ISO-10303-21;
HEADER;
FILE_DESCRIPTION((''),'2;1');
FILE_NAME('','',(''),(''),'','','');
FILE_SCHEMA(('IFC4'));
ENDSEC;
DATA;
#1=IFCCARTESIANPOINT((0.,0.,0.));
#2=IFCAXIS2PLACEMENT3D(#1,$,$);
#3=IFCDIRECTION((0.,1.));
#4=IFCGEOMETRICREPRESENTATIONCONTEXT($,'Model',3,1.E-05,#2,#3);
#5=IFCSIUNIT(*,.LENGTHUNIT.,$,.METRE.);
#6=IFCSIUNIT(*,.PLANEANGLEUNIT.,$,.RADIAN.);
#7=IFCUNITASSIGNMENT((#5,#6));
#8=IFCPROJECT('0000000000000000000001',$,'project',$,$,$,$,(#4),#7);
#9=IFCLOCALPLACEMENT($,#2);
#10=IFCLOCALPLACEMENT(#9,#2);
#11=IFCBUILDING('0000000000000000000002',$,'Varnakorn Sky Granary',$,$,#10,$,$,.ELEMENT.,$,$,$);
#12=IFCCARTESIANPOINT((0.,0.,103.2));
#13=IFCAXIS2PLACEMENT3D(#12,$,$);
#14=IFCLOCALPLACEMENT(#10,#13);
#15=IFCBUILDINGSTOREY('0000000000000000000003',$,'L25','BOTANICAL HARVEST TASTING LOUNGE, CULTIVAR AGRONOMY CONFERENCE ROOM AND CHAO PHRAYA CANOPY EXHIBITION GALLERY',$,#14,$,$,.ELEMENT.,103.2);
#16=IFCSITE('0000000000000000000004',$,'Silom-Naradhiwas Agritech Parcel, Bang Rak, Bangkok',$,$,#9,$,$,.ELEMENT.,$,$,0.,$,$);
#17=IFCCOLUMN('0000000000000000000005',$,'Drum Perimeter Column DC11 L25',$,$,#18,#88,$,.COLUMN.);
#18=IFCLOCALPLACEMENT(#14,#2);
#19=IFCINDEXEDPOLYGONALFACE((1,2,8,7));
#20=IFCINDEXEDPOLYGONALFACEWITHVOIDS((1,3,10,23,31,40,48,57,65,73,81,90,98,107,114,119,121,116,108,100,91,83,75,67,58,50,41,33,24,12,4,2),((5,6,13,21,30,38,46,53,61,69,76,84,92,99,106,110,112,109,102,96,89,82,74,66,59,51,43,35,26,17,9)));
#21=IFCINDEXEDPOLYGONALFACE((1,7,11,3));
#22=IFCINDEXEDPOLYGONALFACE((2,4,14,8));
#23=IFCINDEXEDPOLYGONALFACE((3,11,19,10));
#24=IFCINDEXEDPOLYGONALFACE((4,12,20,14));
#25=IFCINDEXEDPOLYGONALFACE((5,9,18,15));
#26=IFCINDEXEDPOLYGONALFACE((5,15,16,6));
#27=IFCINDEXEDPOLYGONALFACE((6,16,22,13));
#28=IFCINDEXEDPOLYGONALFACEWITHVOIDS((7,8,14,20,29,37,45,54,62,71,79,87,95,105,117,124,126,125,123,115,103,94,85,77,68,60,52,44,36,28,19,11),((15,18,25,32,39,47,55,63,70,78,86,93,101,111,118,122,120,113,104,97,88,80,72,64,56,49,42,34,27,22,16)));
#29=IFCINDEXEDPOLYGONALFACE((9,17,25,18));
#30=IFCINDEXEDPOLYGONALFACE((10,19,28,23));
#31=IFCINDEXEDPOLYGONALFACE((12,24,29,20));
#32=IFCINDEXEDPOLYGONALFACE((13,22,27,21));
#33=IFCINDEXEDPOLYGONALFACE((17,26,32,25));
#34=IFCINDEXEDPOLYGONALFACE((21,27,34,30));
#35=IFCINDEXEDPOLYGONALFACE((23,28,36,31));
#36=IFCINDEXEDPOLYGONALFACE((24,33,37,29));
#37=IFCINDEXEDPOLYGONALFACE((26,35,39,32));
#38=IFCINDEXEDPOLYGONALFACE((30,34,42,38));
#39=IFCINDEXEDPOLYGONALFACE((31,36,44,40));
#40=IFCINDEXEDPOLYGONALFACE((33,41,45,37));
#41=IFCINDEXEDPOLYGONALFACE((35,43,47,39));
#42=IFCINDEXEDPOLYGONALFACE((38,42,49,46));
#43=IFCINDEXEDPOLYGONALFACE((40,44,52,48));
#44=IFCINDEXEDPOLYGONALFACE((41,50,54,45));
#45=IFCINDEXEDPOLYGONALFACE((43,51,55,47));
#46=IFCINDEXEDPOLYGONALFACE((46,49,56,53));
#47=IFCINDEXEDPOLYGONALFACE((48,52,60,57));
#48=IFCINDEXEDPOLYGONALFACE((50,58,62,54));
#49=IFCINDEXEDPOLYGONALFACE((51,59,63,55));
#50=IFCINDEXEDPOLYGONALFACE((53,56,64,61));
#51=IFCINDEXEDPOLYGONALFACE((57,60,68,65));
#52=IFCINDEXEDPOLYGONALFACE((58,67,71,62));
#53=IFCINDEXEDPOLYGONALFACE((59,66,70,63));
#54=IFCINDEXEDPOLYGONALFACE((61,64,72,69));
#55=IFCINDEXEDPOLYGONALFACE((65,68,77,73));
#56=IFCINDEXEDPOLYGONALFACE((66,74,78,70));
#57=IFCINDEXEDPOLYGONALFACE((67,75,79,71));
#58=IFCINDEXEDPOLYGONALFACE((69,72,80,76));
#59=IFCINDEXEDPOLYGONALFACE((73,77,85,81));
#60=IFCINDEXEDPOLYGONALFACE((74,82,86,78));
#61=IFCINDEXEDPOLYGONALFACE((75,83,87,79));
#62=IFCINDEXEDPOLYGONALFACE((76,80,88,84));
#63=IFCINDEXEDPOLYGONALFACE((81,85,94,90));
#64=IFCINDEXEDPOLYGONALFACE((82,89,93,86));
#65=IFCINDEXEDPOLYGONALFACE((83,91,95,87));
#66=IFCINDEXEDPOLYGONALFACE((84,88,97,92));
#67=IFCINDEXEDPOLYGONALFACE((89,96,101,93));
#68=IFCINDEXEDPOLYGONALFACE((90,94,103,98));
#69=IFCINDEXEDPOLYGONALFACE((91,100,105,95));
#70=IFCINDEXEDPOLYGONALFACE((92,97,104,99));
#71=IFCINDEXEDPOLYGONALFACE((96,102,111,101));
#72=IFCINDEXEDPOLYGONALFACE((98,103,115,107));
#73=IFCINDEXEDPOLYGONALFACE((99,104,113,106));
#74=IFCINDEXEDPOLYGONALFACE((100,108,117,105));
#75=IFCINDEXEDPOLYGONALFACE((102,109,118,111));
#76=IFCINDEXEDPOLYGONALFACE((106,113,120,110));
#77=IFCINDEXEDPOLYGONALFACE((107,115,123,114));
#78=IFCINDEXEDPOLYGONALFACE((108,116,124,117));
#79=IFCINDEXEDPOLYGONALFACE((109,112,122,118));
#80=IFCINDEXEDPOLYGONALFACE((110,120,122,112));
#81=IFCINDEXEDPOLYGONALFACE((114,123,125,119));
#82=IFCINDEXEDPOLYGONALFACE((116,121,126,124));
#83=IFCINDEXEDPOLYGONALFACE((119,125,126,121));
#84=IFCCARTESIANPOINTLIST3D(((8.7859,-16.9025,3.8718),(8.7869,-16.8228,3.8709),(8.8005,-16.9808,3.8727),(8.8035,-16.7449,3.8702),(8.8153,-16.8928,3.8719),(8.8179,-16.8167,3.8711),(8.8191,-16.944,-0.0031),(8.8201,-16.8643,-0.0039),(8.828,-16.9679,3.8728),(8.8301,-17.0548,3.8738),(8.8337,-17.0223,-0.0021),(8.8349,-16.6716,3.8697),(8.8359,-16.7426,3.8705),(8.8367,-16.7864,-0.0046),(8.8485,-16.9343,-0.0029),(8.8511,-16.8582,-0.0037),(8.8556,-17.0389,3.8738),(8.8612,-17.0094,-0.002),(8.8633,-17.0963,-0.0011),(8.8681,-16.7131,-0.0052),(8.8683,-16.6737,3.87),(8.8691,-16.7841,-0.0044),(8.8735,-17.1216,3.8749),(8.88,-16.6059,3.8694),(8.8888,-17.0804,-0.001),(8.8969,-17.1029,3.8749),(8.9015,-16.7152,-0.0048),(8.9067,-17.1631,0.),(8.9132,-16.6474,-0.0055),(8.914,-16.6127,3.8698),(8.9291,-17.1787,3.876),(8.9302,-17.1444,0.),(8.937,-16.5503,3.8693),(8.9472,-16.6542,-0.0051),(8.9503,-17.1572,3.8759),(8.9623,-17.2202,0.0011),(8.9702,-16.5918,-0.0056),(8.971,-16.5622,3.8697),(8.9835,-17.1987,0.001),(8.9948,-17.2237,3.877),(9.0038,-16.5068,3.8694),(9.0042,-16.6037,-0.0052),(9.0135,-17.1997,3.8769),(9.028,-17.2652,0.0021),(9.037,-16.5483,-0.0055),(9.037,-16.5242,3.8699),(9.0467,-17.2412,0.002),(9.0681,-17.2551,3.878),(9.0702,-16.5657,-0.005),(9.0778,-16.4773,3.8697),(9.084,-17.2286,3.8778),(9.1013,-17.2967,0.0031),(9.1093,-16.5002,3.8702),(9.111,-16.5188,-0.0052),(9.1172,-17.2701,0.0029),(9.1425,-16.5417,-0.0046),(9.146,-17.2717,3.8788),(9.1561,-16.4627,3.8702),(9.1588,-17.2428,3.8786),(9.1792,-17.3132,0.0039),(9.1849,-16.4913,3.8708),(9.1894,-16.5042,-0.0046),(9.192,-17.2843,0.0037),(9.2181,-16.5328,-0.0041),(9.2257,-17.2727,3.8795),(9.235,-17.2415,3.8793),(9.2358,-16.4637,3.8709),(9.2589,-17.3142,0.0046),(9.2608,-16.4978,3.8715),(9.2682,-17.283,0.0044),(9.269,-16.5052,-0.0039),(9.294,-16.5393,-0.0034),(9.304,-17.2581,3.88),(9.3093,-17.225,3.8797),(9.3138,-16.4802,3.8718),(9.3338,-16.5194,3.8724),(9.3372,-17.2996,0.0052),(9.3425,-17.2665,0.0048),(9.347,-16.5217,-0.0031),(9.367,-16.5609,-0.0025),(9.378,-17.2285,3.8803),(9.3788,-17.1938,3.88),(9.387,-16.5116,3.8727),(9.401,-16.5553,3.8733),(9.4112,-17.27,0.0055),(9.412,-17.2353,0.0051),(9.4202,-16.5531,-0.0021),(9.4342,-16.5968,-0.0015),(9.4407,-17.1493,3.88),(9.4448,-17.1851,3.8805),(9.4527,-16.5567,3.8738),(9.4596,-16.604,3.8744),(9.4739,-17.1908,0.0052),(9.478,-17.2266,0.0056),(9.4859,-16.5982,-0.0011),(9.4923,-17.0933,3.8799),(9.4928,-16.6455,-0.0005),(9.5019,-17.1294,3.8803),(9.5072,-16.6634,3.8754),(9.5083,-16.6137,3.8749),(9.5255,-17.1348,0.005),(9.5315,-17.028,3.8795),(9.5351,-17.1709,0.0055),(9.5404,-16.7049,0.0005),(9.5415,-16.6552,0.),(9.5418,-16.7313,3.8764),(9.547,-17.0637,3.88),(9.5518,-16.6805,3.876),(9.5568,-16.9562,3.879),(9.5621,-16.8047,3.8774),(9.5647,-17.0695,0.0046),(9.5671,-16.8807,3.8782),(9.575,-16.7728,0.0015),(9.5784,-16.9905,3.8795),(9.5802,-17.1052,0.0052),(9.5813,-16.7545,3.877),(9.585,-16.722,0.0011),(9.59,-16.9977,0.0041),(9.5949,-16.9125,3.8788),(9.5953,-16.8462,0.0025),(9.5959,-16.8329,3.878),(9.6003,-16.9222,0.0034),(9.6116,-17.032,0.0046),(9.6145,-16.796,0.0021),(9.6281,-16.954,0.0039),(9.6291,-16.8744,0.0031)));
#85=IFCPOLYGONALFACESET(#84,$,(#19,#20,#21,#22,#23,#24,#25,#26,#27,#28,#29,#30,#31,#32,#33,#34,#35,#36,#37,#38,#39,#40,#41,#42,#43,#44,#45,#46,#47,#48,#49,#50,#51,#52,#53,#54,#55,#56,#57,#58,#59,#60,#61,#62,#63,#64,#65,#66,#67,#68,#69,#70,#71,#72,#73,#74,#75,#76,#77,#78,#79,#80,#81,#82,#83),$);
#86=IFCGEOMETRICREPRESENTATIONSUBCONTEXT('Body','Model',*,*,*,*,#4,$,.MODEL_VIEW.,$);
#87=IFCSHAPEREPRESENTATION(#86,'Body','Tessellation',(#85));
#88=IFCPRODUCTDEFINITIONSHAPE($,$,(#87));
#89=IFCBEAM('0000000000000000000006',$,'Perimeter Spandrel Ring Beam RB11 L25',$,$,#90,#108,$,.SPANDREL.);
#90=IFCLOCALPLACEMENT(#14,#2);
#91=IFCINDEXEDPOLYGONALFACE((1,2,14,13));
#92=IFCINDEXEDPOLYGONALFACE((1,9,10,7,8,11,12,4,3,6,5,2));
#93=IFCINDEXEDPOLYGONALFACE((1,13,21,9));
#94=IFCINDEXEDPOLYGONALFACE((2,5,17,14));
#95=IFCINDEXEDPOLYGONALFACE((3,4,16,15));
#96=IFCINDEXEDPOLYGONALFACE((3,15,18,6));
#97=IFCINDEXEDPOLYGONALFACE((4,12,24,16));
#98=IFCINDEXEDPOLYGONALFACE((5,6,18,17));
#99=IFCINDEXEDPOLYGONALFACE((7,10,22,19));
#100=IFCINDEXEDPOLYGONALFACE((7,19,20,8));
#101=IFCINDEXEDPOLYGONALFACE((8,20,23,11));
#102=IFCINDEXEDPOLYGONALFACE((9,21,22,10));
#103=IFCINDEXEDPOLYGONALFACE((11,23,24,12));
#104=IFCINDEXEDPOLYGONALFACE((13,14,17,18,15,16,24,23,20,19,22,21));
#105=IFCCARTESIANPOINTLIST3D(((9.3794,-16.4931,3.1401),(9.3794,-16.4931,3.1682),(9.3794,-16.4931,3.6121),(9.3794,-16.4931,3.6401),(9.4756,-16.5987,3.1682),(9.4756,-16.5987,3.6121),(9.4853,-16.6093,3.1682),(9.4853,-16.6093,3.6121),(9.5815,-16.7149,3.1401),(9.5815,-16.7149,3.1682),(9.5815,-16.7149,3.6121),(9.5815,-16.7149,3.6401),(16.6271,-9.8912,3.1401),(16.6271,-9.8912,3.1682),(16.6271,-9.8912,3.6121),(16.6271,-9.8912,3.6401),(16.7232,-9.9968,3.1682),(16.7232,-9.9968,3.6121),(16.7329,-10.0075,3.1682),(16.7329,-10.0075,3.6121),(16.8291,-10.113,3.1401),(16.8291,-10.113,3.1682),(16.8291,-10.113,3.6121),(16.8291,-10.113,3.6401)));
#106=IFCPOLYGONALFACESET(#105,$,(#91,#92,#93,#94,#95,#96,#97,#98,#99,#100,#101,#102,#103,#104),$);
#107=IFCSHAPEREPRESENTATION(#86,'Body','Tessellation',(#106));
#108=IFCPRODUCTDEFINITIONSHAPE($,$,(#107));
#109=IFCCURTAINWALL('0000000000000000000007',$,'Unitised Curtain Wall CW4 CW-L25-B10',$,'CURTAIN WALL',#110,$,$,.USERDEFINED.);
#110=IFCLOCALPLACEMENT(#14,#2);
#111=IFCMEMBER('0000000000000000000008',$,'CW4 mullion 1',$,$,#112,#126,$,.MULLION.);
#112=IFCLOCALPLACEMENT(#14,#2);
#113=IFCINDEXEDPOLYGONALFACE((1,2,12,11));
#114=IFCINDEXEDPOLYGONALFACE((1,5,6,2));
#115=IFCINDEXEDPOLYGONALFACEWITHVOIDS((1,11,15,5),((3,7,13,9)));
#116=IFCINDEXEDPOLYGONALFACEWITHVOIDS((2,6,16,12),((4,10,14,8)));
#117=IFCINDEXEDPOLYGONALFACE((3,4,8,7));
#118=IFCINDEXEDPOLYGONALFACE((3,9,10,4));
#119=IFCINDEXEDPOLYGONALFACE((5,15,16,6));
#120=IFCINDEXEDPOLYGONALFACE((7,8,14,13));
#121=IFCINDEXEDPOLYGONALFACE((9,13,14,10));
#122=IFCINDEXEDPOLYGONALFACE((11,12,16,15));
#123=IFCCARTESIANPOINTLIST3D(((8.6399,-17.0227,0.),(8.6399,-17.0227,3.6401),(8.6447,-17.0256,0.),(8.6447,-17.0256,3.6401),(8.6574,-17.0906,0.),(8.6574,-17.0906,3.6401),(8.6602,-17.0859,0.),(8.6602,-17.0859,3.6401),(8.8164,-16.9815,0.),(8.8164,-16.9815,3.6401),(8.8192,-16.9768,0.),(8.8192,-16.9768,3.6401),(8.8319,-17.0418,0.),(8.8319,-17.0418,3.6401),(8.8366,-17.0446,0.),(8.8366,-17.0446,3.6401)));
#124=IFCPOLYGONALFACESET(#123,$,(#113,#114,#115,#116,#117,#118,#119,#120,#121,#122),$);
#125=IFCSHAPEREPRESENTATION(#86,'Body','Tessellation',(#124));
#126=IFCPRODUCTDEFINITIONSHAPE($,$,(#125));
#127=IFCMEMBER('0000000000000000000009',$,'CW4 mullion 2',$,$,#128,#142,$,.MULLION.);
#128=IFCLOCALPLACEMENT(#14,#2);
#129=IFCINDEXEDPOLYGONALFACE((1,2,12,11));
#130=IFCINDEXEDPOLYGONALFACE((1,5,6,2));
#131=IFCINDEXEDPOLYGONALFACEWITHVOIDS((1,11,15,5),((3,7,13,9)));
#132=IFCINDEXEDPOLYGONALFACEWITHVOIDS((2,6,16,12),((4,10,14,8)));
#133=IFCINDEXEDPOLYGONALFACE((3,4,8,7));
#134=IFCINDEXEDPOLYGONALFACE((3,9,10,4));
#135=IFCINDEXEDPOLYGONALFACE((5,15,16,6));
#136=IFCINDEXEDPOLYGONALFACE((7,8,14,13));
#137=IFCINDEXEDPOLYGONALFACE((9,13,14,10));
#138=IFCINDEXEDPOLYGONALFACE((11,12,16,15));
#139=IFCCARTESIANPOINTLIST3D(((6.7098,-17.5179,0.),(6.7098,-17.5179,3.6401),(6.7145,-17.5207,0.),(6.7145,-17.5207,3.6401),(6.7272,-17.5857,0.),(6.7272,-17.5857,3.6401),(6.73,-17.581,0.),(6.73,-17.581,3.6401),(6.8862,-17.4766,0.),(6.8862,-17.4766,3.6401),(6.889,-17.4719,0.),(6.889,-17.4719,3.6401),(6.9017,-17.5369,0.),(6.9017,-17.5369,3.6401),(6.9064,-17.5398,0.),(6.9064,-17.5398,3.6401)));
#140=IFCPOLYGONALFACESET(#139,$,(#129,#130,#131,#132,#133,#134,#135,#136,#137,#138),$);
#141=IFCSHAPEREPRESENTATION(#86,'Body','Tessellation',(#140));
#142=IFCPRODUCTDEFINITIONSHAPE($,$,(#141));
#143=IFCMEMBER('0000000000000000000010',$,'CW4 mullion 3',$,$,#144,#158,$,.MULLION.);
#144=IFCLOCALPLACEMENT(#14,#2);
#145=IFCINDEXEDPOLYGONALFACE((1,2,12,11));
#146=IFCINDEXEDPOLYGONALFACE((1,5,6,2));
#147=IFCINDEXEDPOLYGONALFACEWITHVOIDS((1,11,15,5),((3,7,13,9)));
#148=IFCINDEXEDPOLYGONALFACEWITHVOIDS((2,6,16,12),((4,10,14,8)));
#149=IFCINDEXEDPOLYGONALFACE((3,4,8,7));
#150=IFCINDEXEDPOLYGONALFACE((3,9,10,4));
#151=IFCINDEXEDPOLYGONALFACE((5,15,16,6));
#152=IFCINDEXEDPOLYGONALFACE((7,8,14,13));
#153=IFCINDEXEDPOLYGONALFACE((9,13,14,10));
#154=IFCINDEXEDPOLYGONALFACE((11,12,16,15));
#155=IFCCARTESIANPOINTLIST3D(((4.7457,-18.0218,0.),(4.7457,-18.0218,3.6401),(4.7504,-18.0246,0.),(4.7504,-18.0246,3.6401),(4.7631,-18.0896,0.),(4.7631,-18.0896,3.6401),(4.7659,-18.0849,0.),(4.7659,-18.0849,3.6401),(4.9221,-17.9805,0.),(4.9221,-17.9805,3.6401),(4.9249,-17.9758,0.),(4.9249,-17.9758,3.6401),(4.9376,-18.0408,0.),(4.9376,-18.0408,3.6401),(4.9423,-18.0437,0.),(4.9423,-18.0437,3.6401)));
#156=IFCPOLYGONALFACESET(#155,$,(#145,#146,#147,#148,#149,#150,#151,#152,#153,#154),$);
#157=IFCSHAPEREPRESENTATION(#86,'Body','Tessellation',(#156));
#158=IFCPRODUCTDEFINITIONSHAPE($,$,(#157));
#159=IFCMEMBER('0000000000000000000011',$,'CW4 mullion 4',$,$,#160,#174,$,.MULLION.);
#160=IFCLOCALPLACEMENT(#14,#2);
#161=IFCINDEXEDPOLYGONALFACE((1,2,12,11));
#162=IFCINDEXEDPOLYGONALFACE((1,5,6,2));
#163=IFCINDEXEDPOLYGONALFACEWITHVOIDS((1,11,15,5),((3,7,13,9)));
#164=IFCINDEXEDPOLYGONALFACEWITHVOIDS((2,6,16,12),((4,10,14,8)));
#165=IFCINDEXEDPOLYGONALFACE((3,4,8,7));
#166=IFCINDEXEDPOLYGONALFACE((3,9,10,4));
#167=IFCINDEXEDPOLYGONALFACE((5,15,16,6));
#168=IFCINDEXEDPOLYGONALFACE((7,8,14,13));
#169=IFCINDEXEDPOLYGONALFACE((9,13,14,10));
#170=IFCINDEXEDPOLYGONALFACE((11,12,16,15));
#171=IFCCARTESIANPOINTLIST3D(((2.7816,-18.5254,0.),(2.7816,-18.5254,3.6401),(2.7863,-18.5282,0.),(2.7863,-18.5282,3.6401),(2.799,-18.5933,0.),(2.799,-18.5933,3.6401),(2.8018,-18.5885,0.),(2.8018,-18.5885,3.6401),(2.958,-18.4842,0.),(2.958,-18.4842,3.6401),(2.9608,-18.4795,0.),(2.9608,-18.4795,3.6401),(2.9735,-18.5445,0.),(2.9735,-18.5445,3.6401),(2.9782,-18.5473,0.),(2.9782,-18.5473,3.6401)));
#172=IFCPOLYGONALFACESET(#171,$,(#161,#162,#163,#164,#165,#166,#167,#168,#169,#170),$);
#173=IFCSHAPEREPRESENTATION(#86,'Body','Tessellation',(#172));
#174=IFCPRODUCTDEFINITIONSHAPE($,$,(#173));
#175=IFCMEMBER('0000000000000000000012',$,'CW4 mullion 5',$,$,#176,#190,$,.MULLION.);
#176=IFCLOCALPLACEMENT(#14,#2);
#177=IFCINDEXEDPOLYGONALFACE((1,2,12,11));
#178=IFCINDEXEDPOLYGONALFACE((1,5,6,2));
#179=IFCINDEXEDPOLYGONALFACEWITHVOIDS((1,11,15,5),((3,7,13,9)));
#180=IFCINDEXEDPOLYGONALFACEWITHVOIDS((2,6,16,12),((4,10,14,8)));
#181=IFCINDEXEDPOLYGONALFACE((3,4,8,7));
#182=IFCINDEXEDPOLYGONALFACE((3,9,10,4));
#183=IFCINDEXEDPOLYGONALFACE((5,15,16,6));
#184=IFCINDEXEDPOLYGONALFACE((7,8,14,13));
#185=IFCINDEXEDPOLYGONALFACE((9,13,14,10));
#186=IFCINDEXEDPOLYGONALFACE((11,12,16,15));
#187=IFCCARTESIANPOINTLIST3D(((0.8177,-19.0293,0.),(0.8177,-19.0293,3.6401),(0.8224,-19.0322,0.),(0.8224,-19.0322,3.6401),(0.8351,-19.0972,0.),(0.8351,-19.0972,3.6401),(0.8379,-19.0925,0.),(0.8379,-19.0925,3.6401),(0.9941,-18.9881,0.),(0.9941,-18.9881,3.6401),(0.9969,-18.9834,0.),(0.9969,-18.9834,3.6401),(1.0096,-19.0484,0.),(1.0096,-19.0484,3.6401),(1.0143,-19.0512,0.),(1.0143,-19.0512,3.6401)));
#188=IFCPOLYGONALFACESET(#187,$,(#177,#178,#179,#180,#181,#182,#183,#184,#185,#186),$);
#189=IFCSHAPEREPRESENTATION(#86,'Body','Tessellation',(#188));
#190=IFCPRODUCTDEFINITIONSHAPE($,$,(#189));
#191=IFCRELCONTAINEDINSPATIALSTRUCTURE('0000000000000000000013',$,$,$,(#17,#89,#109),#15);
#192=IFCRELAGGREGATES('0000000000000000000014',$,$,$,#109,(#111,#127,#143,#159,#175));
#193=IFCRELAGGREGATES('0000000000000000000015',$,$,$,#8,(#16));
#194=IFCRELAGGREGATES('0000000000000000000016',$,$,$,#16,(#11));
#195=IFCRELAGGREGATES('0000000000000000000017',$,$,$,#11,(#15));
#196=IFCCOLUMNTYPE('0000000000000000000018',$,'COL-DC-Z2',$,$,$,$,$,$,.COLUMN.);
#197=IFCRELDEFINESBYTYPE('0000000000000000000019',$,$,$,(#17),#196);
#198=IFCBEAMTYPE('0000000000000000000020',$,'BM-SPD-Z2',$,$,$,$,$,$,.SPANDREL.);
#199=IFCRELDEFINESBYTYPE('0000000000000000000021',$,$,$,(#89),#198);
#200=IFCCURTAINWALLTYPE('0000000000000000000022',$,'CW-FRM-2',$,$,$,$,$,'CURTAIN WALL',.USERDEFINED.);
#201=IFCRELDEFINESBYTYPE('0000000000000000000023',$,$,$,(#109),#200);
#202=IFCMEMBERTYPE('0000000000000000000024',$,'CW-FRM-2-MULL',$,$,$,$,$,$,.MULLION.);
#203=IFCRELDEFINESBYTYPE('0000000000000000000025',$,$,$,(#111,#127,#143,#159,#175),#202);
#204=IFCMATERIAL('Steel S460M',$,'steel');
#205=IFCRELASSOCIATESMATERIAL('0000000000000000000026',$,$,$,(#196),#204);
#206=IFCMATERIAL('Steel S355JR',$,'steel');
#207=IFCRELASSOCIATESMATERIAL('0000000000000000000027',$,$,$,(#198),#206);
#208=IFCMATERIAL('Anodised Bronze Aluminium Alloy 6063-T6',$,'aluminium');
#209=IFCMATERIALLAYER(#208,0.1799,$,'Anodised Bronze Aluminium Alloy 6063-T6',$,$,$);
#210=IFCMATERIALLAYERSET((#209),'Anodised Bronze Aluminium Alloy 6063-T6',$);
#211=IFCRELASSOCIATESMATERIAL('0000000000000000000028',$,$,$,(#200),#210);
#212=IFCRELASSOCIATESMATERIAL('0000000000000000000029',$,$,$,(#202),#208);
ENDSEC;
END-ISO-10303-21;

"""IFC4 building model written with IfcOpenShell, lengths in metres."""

from ifc_helpers import new_model, si_unit, direction, frame, origin, origin_2d, place, context, subcontext, project, spatial, hollow_rectangle, hollow_circle, i_section, extrude, material, layer, layer_set, material_profile, profile_set, type_object, element, aggregate, save


model = new_model("IFC4")

# Units and contexts
model_context = context("Model", 3, precision=1e-05, world=origin(), true_north=direction((0.0, 1.0)))
body_context = subcontext(model_context, "Body", "Model", "MODEL_VIEW")
ifc_project = project(units=[si_unit("LENGTHUNIT", "METRE"), si_unit("PLANEANGLEUNIT", "RADIAN")], contexts=[model_context])

# Site, building, storey
site_placement = place(None, origin())
site = spatial("IfcSite", under=ifc_project, at=site_placement, Name="Silom-Naradhiwas Agritech Parcel, Bang Rak, Bangkok", CompositionType="ELEMENT", RefElevation=0.0)
building_placement = place(site_placement, origin())
building = spatial("IfcBuilding", under=site, at=building_placement, Name="Varnakorn Sky Granary", CompositionType="ELEMENT")
storey_placement = place(building_placement, frame((0.0, 0.0, 103.2)))
storey = spatial("IfcBuildingStorey", under=building, at=storey_placement, Name="L25", Description="BOTANICAL HARVEST TASTING LOUNGE, CULTIVAR AGRONOMY CONFERENCE ROOM AND CHAO PHRAYA CANOPY EXHIBITION GALLERY", CompositionType="ELEMENT", Elevation=103.2)

# Column
ifc_material_1 = material(Name="Steel S460M", Category="steel")
ifc_material_profile_1 = material_profile(ifc_material_1, hollow_circle(Radius=0.4065, WallThickness=0.03, at=origin_2d()), Name="CHS 813x30")
ifc_profile_set_1 = profile_set([ifc_material_profile_1], Name="Steel S460M")
column_type = type_object("IfcColumnType", Name="COL-DC-Z2", PredefinedType="COLUMN", material=ifc_profile_set_1)
column_placement = place(storey_placement, frame((9.2241, -16.9092, 0.0), z_axis=(-0.008568, 0.01071, 0.999906), x_axis=(-0.780869, -0.624695, 0.0)))
element("IfcColumn", 1, at=column_placement, inside=storey, type_object=column_type, Name="Drum Perimeter Column DC11 L25", PredefinedType="COLUMN", context=body_context, shape_type="SweptSolid", body=[
    extrude(hollow_circle(Radius=0.4065, WallThickness=0.03, at=origin_2d()), origin(), (0.0, 0.0, 1.0), 3.8752),
])

# Beam
ifc_material_2 = material(Name="Steel S355JR", Category="steel")
ifc_material_profile_2 = material_profile(ifc_material_2, i_section(OverallWidth=0.3, OverallDepth=0.5, WebThickness=0.0144, FlangeThickness=0.0281, at=origin_2d()), Name="HE 500 B")
ifc_profile_set_2 = profile_set([ifc_material_profile_2], Name="Steel S355JR")
beam_type = type_object("IfcBeamType", Name="BM-SPD-Z2", PredefinedType="SPANDREL", material=ifc_profile_set_2)
beam_placement = place(storey_placement, frame((9.4805, -16.604, 3.3901), z_axis=(0.739274, 0.673405, 0.0), x_axis=(-0.673405, 0.739274, 0.0)))
element("IfcBeam", 2, at=beam_placement, inside=storey, type_object=beam_type, Name="Perimeter Spandrel Ring Beam RB11 L25", PredefinedType="SPANDREL", context=body_context, shape_type="SweptSolid", body=[
    extrude(i_section(OverallWidth=0.3, OverallDepth=0.5, WebThickness=0.0144, FlangeThickness=0.0281, at=origin_2d()), origin(), (0.0, 0.0, 1.0), 9.8037),
])

# Curtain wall, members
ifc_material_3 = material(Name="Anodised Bronze Aluminium Alloy 6063-T6", Category="aluminium")
ifc_layer_1 = layer(ifc_material_3, 0.1799, Name="Anodised Bronze Aluminium Alloy 6063-T6")
ifc_layer_set_1 = layer_set([ifc_layer_1], Name="Anodised Bronze Aluminium Alloy 6063-T6")
curtain_wall_type = type_object("IfcCurtainWallType", Name="CW-FRM-2", ElementType="CURTAIN WALL", PredefinedType="USERDEFINED", material=ifc_layer_set_1)
curtain_wall_placement = place(storey_placement, origin())
curtain_wall = element("IfcCurtainWall", 3, at=curtain_wall_placement, inside=storey, type_object=curtain_wall_type, Name="Unitised Curtain Wall CW4 CW-L25-B10", ObjectType="CURTAIN WALL", PredefinedType="USERDEFINED")
ifc_material_profile_3 = material_profile(ifc_material_3, hollow_rectangle(XDim=0.0701, YDim=0.1851, WallThickness=0.0039, at=origin_2d()), Name="ALU MULL 70x185")
ifc_profile_set_3 = profile_set([ifc_material_profile_3], Name="Anodised Bronze Aluminium Alloy 6063-T6")
member_type_1 = type_object("IfcMemberType", Name="CW-FRM-2-MULL", PredefinedType="MULLION", material=ifc_profile_set_3)
member_1_placement = place(storey_placement, frame((8.7383, -17.0337, 0.0), z_axis=(0.0, 0.0, 1.0), x_axis=(0.248477, -0.968638, 0.0)))
member_1 = element("IfcMember", 4, at=member_1_placement, type_object=member_type_1, Name="CW4 mullion 1", PredefinedType="MULLION", context=body_context, shape_type="SweptSolid", body=[
    extrude(hollow_rectangle(XDim=0.0701, YDim=0.1851, WallThickness=0.0039, at=origin_2d()), origin(), (0.0, 0.0, 1.0), 3.6401),
])
member_2_placement = place(storey_placement, frame((6.8081, -17.5288, 0.0), z_axis=(0.0, 0.0, 1.0), x_axis=(0.248477, -0.968638, 0.0)))
member_2 = element("IfcMember", 5, at=member_2_placement, type_object=member_type_1, Name="CW4 mullion 2", PredefinedType="MULLION", context=body_context, shape_type="SweptSolid", body=[
    extrude(hollow_rectangle(XDim=0.0701, YDim=0.1851, WallThickness=0.0039, at=origin_2d()), origin(), (0.0, 0.0, 1.0), 3.6401),
])
member_3_placement = place(storey_placement, frame((4.844, -18.0327, 0.0), z_axis=(0.0, 0.0, 1.0), x_axis=(0.248477, -0.968638, 0.0)))
member_3 = element("IfcMember", 6, at=member_3_placement, type_object=member_type_1, Name="CW4 mullion 3", PredefinedType="MULLION", context=body_context, shape_type="SweptSolid", body=[
    extrude(hollow_rectangle(XDim=0.0701, YDim=0.1851, WallThickness=0.0039, at=origin_2d()), origin(), (0.0, 0.0, 1.0), 3.6401),
])
member_4_placement = place(storey_placement, frame((2.8799, -18.5364, 0.0), z_axis=(0.0, 0.0, 1.0), x_axis=(0.248477, -0.968638, 0.0)))
member_4 = element("IfcMember", 7, at=member_4_placement, type_object=member_type_1, Name="CW4 mullion 4", PredefinedType="MULLION", context=body_context, shape_type="SweptSolid", body=[
    extrude(hollow_rectangle(XDim=0.0701, YDim=0.1851, WallThickness=0.0039, at=origin_2d()), origin(), (0.0, 0.0, 1.0), 3.6401),
])
member_5_placement = place(storey_placement, frame((0.916, -19.0403, 0.0), z_axis=(0.0, 0.0, 1.0), x_axis=(0.248477, -0.968638, 0.0)))
member_5 = element("IfcMember", 8, at=member_5_placement, type_object=member_type_1, Name="CW4 mullion 5", PredefinedType="MULLION", context=body_context, shape_type="SweptSolid", body=[
    extrude(hollow_rectangle(XDim=0.0701, YDim=0.1851, WallThickness=0.0039, at=origin_2d()), origin(), (0.0, 0.0, 1.0), 3.6401),
])

aggregate(curtain_wall, [member_1, member_2, member_3, member_4, member_5])

save(model, "model.ifc")
